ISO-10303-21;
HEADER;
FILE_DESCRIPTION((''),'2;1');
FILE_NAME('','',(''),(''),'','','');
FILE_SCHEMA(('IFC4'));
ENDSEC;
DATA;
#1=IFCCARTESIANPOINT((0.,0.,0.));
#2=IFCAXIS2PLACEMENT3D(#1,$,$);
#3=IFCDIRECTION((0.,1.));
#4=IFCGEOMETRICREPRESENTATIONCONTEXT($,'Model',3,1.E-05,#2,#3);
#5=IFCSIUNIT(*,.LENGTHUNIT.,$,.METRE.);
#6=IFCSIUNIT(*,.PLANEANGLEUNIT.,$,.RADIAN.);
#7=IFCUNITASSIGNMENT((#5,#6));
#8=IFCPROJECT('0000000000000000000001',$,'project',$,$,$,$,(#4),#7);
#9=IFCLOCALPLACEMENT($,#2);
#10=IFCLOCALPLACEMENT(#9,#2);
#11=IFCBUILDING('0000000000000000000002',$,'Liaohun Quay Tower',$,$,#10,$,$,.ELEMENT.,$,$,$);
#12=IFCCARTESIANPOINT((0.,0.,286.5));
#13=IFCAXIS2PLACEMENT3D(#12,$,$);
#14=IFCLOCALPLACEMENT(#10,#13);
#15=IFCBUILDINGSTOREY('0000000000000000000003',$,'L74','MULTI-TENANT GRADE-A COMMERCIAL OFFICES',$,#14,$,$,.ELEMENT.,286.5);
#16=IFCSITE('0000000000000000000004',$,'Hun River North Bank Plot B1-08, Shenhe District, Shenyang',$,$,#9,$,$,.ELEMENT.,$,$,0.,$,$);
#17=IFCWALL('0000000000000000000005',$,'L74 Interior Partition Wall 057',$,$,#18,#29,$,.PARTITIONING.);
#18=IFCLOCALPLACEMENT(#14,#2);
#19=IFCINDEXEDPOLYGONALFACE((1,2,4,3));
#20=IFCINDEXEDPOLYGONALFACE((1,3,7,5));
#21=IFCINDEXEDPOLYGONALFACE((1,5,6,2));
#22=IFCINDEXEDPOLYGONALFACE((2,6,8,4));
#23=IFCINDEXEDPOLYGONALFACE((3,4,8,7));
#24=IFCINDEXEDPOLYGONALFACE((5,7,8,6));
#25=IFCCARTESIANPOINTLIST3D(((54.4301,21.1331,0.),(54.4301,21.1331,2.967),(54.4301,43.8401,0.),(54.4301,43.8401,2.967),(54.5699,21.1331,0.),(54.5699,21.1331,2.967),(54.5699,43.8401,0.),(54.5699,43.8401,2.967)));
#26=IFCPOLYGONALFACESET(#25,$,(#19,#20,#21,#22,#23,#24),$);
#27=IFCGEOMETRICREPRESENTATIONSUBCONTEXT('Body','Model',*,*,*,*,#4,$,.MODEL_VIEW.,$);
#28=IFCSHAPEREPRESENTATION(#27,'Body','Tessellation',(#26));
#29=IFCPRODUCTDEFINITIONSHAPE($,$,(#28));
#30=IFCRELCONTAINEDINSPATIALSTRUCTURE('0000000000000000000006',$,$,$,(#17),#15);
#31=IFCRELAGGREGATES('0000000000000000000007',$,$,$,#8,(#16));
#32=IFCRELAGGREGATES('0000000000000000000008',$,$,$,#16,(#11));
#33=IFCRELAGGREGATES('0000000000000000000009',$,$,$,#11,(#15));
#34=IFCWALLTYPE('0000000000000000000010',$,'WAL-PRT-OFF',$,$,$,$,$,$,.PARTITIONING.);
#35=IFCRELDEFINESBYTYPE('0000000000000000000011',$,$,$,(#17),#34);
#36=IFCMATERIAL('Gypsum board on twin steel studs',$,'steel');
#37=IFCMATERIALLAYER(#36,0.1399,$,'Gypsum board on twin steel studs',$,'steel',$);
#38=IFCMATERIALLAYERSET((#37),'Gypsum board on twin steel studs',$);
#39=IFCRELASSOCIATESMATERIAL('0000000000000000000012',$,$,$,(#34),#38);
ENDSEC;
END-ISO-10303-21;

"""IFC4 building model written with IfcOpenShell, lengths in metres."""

from ifc_helpers import new_model, si_unit, direction, frame, frame_2d, origin, place, context, subcontext, project, spatial, rectangle, extrude, material, layer, layer_set, type_object, element, save


model = new_model("IFC4")

# Units and contexts
model_context = context("Model", 3, precision=1e-05, world=origin(), true_north=direction((0.0, 1.0)))
body_context = subcontext(model_context, "Body", "Model", "MODEL_VIEW")
ifc_project = project(units=[si_unit("LENGTHUNIT", "METRE"), si_unit("PLANEANGLEUNIT", "RADIAN")], contexts=[model_context])

# Site, building, storey
site_placement = place(None, origin())
site = spatial("IfcSite", under=ifc_project, at=site_placement, Name="Hun River North Bank Plot B1-08, Shenhe District, Shenyang", CompositionType="ELEMENT", RefElevation=0.0)
building_placement = place(site_placement, origin())
building = spatial("IfcBuilding", under=site, at=building_placement, Name="Liaohun Quay Tower", CompositionType="ELEMENT")
storey_placement = place(building_placement, frame((0.0, 0.0, 286.5)))
storey = spatial("IfcBuildingStorey", under=building, at=storey_placement, Name="L74", Description="MULTI-TENANT GRADE-A COMMERCIAL OFFICES", CompositionType="ELEMENT", Elevation=286.5)

# Wall
ifc_material_1 = material(Name="Gypsum board on twin steel studs", Category="steel")
ifc_layer_1 = layer(ifc_material_1, 0.1399, Name="Gypsum board on twin steel studs", Category="steel")
ifc_layer_set_1 = layer_set([ifc_layer_1], Name="Gypsum board on twin steel studs")
wall_type_1 = type_object("IfcWallType", Name="WAL-PRT-OFF", PredefinedType="PARTITIONING", material=ifc_layer_set_1)
wall_1_placement = place(storey_placement, frame((54.5, 43.8401, 0.0), z_axis=(0.0, 0.0, 1.0), x_axis=(0.0, -1.0, 0.0)))
element("IfcWall", 1, at=wall_1_placement, inside=storey, type_object=wall_type_1, Name="L74 Interior Partition Wall 057", PredefinedType="PARTITIONING", context=body_context, shape_type="SweptSolid", body=[
    extrude(rectangle(XDim=22.707, YDim=0.1399, at=frame_2d((11.3535, 0.0))), origin(), (0.0, 0.0, 1.0), 2.967),
])

save(model, "model.ifc")
